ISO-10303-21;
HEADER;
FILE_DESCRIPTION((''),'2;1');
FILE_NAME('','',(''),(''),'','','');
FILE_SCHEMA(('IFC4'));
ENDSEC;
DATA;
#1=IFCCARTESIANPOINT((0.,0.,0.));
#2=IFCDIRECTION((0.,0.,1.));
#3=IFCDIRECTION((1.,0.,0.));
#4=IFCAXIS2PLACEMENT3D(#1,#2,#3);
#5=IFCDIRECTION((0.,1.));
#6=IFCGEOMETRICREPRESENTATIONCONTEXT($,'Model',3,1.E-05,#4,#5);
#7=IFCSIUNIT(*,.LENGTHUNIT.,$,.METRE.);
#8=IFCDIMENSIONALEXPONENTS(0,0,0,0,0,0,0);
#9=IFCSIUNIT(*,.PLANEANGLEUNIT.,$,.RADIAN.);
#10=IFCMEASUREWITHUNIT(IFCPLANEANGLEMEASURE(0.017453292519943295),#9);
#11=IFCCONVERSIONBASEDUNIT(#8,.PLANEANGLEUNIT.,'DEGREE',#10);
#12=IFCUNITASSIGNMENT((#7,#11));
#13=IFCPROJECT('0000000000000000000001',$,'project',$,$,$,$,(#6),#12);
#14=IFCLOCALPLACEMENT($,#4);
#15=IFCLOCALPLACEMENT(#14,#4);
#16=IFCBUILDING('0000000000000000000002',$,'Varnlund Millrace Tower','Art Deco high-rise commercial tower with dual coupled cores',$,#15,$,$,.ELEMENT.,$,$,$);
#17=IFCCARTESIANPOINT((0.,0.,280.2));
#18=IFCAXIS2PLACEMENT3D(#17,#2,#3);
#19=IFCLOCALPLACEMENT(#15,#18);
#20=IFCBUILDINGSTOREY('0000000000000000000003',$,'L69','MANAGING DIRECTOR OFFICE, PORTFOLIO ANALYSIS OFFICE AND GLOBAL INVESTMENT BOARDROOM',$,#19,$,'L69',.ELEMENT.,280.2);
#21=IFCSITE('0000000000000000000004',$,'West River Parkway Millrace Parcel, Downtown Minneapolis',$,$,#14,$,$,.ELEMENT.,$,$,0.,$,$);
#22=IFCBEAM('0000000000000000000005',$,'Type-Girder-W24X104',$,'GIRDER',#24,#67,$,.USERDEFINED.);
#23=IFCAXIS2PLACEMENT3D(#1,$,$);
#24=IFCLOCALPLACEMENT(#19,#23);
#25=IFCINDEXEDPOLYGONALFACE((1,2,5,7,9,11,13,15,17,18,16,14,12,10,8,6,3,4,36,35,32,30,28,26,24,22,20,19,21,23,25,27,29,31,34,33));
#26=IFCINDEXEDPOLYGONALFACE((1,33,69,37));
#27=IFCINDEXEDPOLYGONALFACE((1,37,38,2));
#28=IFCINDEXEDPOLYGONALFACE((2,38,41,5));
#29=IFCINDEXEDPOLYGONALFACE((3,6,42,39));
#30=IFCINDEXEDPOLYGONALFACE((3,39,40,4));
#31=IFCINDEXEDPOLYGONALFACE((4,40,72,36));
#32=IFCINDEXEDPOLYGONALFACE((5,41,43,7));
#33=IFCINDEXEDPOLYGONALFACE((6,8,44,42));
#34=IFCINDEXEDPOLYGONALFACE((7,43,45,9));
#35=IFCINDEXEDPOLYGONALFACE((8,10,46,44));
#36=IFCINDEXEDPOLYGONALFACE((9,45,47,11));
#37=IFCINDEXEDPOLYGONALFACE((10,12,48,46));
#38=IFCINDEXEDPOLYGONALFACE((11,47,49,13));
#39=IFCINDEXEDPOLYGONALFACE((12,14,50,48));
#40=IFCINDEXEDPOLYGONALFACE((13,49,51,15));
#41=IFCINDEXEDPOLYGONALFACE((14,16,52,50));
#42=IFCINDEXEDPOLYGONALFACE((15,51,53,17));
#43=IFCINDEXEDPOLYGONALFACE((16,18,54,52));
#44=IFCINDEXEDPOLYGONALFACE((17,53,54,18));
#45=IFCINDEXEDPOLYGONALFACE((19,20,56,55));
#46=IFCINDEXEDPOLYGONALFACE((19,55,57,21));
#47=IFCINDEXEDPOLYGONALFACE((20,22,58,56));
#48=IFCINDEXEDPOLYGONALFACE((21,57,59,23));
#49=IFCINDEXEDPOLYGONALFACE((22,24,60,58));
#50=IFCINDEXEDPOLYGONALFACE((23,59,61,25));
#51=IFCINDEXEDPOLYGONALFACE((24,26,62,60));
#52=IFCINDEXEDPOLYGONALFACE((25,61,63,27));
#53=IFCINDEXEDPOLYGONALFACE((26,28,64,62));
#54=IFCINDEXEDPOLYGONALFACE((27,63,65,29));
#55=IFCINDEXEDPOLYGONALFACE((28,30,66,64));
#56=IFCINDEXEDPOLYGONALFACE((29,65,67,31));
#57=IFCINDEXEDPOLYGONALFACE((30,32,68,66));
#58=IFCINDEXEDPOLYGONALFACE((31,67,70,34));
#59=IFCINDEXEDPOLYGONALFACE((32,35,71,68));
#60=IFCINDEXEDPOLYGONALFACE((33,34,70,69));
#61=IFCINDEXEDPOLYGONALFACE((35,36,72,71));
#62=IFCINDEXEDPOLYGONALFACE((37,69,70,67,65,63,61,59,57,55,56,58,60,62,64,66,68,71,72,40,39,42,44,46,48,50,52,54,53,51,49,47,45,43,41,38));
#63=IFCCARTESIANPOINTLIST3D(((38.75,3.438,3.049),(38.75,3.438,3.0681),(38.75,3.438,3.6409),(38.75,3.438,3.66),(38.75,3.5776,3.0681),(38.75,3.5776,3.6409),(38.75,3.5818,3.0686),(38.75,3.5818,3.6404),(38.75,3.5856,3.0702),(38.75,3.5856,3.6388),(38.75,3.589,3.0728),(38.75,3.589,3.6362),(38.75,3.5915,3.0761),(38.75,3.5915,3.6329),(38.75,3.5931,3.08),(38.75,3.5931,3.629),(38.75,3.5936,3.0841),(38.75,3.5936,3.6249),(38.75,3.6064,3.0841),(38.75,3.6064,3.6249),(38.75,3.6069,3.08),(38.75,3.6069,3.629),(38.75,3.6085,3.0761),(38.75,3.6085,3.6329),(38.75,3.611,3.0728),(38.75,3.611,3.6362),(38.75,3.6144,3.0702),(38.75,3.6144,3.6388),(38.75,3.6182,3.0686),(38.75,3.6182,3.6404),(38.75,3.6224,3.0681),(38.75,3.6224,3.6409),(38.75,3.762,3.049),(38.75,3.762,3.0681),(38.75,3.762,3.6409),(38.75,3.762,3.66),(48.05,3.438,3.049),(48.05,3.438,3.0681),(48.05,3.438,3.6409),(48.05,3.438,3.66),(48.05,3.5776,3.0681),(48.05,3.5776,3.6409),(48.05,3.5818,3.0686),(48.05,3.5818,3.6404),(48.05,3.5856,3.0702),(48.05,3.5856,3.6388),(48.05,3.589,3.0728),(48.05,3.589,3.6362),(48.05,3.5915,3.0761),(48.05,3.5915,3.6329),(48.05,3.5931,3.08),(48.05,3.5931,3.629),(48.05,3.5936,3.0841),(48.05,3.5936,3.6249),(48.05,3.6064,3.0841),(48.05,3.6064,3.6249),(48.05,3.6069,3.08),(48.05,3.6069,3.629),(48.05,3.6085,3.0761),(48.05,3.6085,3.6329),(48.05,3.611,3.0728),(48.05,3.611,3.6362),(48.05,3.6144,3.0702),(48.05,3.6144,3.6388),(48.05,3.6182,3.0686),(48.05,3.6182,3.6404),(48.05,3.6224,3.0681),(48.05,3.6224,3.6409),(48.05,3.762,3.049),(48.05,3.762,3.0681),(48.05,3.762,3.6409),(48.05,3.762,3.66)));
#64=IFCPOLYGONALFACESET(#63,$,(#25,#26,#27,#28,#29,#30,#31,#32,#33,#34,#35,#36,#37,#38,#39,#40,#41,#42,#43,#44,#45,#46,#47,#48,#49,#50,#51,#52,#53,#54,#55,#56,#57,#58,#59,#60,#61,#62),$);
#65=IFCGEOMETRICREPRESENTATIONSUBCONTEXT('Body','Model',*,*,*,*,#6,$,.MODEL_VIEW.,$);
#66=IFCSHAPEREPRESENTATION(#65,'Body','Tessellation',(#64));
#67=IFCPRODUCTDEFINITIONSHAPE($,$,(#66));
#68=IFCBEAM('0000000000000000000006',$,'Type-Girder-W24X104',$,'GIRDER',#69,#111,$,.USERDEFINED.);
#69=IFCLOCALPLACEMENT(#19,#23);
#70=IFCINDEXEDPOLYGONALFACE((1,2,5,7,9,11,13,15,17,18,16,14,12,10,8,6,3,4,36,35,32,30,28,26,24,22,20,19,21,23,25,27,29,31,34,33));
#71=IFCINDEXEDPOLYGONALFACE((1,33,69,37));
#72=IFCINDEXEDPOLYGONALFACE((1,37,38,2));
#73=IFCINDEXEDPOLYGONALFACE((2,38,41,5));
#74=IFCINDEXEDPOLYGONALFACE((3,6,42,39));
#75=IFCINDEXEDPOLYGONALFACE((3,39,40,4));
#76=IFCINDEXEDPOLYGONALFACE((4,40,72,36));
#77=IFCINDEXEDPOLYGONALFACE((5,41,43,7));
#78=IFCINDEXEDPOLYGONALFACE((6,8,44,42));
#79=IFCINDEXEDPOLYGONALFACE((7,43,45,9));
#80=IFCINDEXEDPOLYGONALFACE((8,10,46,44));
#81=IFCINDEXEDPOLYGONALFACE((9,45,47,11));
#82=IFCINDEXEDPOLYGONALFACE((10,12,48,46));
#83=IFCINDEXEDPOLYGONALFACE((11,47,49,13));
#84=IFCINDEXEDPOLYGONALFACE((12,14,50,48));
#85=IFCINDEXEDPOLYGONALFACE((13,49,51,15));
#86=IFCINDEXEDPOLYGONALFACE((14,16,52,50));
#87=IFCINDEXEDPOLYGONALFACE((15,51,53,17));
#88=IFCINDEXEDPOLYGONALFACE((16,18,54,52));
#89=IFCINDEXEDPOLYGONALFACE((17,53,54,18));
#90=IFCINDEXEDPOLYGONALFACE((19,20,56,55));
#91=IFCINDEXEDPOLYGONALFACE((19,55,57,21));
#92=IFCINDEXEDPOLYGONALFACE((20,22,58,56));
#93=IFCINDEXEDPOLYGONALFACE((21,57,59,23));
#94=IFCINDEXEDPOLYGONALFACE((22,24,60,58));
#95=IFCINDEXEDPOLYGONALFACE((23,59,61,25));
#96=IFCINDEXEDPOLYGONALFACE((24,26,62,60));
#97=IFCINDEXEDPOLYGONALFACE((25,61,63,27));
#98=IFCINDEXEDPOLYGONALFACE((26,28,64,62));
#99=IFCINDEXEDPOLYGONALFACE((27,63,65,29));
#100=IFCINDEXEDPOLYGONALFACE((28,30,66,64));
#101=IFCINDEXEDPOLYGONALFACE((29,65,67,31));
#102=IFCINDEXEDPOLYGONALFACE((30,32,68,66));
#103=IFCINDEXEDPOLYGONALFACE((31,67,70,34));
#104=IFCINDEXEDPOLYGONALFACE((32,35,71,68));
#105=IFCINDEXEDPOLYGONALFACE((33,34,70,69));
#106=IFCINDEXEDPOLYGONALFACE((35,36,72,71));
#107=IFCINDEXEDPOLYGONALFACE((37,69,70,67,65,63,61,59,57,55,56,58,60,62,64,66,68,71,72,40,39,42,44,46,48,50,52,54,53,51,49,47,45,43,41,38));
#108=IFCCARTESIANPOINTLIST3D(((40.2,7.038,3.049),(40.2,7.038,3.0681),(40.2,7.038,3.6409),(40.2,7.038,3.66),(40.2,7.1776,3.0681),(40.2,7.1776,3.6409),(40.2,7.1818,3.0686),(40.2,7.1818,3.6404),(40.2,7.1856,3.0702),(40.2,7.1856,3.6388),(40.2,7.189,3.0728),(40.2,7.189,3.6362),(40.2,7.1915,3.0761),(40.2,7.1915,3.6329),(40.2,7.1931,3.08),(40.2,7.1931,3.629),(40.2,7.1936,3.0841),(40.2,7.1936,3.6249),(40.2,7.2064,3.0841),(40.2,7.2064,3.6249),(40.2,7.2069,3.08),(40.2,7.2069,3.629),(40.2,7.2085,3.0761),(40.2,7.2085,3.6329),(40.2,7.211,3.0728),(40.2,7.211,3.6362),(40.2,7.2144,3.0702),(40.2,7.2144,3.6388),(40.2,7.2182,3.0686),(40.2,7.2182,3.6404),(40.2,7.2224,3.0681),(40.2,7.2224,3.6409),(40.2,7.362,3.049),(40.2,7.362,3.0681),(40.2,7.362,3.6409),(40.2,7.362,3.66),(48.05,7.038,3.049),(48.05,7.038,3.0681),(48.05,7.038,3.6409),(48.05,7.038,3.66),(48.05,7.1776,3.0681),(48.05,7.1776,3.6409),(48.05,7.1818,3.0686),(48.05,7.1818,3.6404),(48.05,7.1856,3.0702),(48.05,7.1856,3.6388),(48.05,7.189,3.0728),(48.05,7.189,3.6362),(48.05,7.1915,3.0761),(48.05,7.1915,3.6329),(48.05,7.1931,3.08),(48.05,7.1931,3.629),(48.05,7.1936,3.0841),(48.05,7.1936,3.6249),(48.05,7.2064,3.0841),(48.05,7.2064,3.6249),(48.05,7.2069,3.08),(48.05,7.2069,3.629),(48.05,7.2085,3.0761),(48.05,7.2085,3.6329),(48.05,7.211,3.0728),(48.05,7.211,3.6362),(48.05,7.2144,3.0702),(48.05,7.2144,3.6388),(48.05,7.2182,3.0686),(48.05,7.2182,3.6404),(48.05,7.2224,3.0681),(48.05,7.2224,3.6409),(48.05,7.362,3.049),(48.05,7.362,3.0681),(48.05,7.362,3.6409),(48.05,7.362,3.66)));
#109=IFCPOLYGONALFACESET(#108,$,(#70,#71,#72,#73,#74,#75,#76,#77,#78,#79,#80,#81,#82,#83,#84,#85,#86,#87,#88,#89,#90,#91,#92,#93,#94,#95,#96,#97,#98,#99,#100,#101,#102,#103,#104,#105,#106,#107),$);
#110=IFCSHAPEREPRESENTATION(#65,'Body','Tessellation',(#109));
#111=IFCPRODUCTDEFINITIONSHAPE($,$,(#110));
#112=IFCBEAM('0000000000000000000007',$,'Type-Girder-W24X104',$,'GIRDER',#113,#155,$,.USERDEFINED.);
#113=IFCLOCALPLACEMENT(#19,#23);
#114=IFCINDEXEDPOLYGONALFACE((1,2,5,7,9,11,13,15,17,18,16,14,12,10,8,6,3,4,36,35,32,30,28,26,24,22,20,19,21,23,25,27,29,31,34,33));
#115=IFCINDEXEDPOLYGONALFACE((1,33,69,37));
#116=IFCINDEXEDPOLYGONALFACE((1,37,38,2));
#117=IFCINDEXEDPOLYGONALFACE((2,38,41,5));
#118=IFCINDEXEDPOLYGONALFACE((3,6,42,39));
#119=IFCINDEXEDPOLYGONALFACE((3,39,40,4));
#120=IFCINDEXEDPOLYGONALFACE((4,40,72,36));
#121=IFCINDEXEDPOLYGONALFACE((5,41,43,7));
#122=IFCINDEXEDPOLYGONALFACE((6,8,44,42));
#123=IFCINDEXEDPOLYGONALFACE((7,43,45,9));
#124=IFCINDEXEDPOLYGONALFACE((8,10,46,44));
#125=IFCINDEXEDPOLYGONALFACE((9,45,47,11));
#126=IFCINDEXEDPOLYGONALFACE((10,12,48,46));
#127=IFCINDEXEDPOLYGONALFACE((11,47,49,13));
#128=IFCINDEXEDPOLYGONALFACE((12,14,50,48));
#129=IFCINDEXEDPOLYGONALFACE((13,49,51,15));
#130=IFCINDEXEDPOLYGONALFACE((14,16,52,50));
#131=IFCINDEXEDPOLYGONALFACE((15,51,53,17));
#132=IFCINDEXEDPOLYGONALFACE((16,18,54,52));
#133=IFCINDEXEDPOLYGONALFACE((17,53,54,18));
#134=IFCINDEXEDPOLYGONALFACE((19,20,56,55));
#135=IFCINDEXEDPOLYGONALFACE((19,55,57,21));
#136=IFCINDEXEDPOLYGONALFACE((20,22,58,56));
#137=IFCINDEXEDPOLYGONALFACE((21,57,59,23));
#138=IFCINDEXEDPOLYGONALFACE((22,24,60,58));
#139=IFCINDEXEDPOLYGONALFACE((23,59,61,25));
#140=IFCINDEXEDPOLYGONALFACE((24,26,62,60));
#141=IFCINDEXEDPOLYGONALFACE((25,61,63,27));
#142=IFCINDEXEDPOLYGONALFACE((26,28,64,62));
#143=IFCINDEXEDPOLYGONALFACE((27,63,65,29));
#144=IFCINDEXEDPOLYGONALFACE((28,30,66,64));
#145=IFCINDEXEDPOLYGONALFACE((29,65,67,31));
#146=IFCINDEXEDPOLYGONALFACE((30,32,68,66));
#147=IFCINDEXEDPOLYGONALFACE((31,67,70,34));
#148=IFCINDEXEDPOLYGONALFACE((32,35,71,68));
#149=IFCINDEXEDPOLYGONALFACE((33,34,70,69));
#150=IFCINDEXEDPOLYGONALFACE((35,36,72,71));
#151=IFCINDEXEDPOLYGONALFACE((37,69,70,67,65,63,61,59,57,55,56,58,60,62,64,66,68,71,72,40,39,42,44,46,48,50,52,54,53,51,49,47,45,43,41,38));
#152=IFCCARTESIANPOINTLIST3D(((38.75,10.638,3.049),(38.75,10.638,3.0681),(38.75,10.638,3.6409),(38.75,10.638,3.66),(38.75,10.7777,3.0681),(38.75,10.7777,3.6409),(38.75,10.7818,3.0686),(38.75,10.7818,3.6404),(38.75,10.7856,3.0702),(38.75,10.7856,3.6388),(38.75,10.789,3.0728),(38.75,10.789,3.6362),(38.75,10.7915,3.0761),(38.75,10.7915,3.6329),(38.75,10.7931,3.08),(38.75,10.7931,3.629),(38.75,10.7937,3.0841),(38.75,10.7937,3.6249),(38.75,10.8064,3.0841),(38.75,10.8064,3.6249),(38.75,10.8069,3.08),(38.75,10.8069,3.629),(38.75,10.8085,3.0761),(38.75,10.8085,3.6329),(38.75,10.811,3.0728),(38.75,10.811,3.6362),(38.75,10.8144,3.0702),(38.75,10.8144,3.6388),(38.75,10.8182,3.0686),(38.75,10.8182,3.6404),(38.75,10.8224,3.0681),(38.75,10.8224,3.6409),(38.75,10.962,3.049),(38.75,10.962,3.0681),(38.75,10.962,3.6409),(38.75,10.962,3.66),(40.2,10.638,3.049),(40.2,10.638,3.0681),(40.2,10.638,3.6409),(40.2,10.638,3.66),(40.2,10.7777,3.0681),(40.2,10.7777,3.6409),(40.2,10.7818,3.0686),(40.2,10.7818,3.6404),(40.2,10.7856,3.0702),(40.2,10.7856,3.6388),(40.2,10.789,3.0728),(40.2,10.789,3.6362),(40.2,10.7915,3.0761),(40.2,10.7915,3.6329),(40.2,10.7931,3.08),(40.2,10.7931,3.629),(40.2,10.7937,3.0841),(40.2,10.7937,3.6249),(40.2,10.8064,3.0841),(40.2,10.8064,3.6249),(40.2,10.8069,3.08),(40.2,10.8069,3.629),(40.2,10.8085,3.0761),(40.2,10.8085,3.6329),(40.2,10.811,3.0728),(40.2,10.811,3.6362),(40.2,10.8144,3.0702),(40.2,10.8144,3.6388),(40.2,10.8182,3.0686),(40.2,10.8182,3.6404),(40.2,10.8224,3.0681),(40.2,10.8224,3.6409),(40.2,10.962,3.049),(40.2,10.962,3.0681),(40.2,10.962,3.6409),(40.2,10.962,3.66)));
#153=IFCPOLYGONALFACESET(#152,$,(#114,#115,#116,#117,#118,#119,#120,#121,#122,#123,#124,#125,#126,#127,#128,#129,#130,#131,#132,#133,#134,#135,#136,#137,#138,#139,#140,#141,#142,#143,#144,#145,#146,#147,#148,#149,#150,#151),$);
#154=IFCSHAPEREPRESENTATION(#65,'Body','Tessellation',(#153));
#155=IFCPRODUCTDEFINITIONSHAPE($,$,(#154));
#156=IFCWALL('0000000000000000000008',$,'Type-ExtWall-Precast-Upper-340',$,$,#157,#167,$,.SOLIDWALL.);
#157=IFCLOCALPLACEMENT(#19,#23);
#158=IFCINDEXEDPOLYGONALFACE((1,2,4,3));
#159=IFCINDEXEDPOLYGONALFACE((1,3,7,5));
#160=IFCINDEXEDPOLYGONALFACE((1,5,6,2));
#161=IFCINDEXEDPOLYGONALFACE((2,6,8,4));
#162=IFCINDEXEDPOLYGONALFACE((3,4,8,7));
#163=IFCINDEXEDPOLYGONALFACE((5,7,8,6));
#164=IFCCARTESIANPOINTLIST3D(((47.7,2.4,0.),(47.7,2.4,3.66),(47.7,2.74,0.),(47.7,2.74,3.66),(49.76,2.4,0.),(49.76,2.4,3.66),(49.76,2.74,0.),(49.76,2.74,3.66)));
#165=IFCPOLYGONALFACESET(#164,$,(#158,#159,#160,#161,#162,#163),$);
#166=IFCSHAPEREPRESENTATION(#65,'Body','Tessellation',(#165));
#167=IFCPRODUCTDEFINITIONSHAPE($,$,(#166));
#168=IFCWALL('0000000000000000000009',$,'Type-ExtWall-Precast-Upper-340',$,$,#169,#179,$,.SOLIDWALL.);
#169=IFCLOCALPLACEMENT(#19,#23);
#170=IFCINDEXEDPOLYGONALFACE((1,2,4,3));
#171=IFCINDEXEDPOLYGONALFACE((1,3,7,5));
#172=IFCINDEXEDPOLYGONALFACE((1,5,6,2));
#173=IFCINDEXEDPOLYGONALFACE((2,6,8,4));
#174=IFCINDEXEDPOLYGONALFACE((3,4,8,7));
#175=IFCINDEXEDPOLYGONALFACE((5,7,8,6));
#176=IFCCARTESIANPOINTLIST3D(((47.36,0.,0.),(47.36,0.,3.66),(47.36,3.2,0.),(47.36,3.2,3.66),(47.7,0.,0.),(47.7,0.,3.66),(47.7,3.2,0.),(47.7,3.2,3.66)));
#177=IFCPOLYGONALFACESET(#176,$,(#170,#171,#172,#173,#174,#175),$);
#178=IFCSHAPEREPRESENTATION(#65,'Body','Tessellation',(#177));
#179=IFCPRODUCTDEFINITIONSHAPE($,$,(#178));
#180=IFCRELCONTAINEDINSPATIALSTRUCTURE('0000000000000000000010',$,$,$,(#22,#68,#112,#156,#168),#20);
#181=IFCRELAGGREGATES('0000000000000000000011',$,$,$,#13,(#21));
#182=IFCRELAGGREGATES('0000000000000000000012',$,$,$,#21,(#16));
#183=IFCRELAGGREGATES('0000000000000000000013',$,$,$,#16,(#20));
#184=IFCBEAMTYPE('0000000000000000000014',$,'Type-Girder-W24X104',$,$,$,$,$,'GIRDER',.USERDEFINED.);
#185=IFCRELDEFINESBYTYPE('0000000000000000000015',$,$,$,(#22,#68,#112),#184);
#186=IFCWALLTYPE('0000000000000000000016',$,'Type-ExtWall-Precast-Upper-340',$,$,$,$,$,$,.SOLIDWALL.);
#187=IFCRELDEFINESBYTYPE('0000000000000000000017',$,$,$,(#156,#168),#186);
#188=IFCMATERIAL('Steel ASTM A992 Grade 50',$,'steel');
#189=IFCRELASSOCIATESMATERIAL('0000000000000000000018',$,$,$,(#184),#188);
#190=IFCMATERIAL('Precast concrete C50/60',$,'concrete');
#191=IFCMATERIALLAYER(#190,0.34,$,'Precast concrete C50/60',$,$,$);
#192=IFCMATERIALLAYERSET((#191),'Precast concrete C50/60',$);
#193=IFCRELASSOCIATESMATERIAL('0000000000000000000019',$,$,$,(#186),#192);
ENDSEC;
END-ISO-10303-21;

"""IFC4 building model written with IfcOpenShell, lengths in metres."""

from ifc_helpers import new_model, entity, si_unit, converted_unit, direction, frame, origin_with_axes, origin_2d_with_axis, place, context, subcontext, project, spatial, polyline, i_section, outline, extrude, material, layer, layer_set, material_profile, profile_set, type_object, element, save


model = new_model("IFC4")

# Units and contexts
model_context = context("Model", 3, precision=1e-05, world=origin_with_axes(), true_north=direction((0.0, 1.0)))
body_context = subcontext(model_context, "Body", "Model", "MODEL_VIEW")
ifc_project = project(units=[si_unit("LENGTHUNIT", "METRE"), converted_unit("PLANEANGLEUNIT", "DEGREE", entity("IfcPlaneAngleMeasure", 0.017453292519943295), si_unit("PLANEANGLEUNIT", "RADIAN"), dimensions=[0, 0, 0, 0, 0, 0, 0])], contexts=[model_context])

# Site, building, storey
site_placement = place(None, origin_with_axes())
site = spatial("IfcSite", under=ifc_project, at=site_placement, Name="West River Parkway Millrace Parcel, Downtown Minneapolis", CompositionType="ELEMENT", RefElevation=0.0)
building_placement = place(site_placement, origin_with_axes())
building = spatial("IfcBuilding", under=site, at=building_placement, Name="Varnlund Millrace Tower", Description="Art Deco high-rise commercial tower with dual coupled cores", CompositionType="ELEMENT")
storey_placement = place(building_placement, frame((0.0, 0.0, 280.2), z_axis=(0.0, 0.0, 1.0), x_axis=(1.0, 0.0, 0.0)))
storey = spatial("IfcBuildingStorey", under=building, at=storey_placement, Name="L69", Description="MANAGING DIRECTOR OFFICE, PORTFOLIO ANALYSIS OFFICE AND GLOBAL INVESTMENT BOARDROOM", LongName="L69", CompositionType="ELEMENT", Elevation=280.2)

# Beams
ifc_material_1 = material(Name="Steel ASTM A992 Grade 50", Category="steel")
ifc_material_profile_1 = material_profile(ifc_material_1, i_section(OverallWidth=0.324, OverallDepth=0.611, WebThickness=0.0127, FlangeThickness=0.0191, FilletRadius=0.016, at=origin_2d_with_axis()), Name="Steel ASTM A992 Grade 50")
ifc_profile_set_1 = profile_set([ifc_material_profile_1], Name="Steel ASTM A992 Grade 50")
beam_type_1 = type_object("IfcBeamType", Name="Type-Girder-W24X104", ElementType="GIRDER", PredefinedType="USERDEFINED", material=ifc_profile_set_1)
beam_1_placement = place(storey_placement, frame((38.75, 3.6, 3.3545), z_axis=(1.0, 0.0, 0.0), x_axis=(0.0, 1.0, 0.0)))
element("IfcBeam", 1, at=beam_1_placement, inside=storey, type_object=beam_type_1, Name="Type-Girder-W24X104", ObjectType="GIRDER", PredefinedType="USERDEFINED", context=body_context, shape_type="SweptSolid", body=[
    extrude(i_section(OverallWidth=0.324, OverallDepth=0.611, WebThickness=0.0127, FlangeThickness=0.0191, FilletRadius=0.016, at=origin_2d_with_axis()), origin_with_axes(), (0.0, 0.0, 1.0), 9.3),
])
beam_2_placement = place(storey_placement, frame((40.2, 7.2, 3.3545), z_axis=(1.0, 0.0, 0.0), x_axis=(0.0, 1.0, 0.0)))
element("IfcBeam", 2, at=beam_2_placement, inside=storey, type_object=beam_type_1, Name="Type-Girder-W24X104", ObjectType="GIRDER", PredefinedType="USERDEFINED", context=body_context, shape_type="SweptSolid", body=[
    extrude(i_section(OverallWidth=0.324, OverallDepth=0.611, WebThickness=0.0127, FlangeThickness=0.0191, FilletRadius=0.016, at=origin_2d_with_axis()), origin_with_axes(), (0.0, 0.0, 1.0), 7.85),
])
beam_3_placement = place(storey_placement, frame((38.75, 10.8, 3.3545), z_axis=(1.0, 0.0, 0.0), x_axis=(0.0, 1.0, 0.0)))
element("IfcBeam", 3, at=beam_3_placement, inside=storey, type_object=beam_type_1, Name="Type-Girder-W24X104", ObjectType="GIRDER", PredefinedType="USERDEFINED", context=body_context, shape_type="SweptSolid", body=[
    extrude(i_section(OverallWidth=0.324, OverallDepth=0.611, WebThickness=0.0127, FlangeThickness=0.0191, FilletRadius=0.016, at=origin_2d_with_axis()), origin_with_axes(), (0.0, 0.0, 1.0), 1.45),
])

# Walls
ifc_material_2 = material(Name="Precast concrete C50/60", Category="concrete")
ifc_layer_1 = layer(ifc_material_2, 0.34, Name="Precast concrete C50/60")
ifc_layer_set_1 = layer_set([ifc_layer_1], Name="Precast concrete C50/60")
wall_type_1 = type_object("IfcWallType", Name="Type-ExtWall-Precast-Upper-340", PredefinedType="SOLIDWALL", material=ifc_layer_set_1)
wall_1_placement = place(storey_placement, frame((49.76, 2.57, 0.0), z_axis=(0.0, 0.0, 1.0), x_axis=(-1.0, 0.0, 0.0)))
element("IfcWall", 4, at=wall_1_placement, inside=storey, type_object=wall_type_1, Name="Type-ExtWall-Precast-Upper-340", PredefinedType="SOLIDWALL", context=body_context, shape_type="SweptSolid", body=[
    extrude(outline(polyline([(0.0, -0.17), (2.06, -0.17), (2.06, 0.17), (0.0, 0.17), (0.0, -0.17)])), origin_with_axes(), (0.0, 0.0, 1.0), 3.66),
])
wall_2_placement = place(storey_placement, frame((47.53, 3.2, 0.0), z_axis=(0.0, 0.0, 1.0), x_axis=(0.0, -1.0, 0.0)))
element("IfcWall", 5, at=wall_2_placement, inside=storey, type_object=wall_type_1, Name="Type-ExtWall-Precast-Upper-340", PredefinedType="SOLIDWALL", context=body_context, shape_type="SweptSolid", body=[
    extrude(outline(polyline([(0.0, -0.17), (3.2, -0.17), (3.2, 0.17), (0.0, 0.17), (0.0, -0.17)])), origin_with_axes(), (0.0, 0.0, 1.0), 3.66),
])

save(model, "model.ifc")
